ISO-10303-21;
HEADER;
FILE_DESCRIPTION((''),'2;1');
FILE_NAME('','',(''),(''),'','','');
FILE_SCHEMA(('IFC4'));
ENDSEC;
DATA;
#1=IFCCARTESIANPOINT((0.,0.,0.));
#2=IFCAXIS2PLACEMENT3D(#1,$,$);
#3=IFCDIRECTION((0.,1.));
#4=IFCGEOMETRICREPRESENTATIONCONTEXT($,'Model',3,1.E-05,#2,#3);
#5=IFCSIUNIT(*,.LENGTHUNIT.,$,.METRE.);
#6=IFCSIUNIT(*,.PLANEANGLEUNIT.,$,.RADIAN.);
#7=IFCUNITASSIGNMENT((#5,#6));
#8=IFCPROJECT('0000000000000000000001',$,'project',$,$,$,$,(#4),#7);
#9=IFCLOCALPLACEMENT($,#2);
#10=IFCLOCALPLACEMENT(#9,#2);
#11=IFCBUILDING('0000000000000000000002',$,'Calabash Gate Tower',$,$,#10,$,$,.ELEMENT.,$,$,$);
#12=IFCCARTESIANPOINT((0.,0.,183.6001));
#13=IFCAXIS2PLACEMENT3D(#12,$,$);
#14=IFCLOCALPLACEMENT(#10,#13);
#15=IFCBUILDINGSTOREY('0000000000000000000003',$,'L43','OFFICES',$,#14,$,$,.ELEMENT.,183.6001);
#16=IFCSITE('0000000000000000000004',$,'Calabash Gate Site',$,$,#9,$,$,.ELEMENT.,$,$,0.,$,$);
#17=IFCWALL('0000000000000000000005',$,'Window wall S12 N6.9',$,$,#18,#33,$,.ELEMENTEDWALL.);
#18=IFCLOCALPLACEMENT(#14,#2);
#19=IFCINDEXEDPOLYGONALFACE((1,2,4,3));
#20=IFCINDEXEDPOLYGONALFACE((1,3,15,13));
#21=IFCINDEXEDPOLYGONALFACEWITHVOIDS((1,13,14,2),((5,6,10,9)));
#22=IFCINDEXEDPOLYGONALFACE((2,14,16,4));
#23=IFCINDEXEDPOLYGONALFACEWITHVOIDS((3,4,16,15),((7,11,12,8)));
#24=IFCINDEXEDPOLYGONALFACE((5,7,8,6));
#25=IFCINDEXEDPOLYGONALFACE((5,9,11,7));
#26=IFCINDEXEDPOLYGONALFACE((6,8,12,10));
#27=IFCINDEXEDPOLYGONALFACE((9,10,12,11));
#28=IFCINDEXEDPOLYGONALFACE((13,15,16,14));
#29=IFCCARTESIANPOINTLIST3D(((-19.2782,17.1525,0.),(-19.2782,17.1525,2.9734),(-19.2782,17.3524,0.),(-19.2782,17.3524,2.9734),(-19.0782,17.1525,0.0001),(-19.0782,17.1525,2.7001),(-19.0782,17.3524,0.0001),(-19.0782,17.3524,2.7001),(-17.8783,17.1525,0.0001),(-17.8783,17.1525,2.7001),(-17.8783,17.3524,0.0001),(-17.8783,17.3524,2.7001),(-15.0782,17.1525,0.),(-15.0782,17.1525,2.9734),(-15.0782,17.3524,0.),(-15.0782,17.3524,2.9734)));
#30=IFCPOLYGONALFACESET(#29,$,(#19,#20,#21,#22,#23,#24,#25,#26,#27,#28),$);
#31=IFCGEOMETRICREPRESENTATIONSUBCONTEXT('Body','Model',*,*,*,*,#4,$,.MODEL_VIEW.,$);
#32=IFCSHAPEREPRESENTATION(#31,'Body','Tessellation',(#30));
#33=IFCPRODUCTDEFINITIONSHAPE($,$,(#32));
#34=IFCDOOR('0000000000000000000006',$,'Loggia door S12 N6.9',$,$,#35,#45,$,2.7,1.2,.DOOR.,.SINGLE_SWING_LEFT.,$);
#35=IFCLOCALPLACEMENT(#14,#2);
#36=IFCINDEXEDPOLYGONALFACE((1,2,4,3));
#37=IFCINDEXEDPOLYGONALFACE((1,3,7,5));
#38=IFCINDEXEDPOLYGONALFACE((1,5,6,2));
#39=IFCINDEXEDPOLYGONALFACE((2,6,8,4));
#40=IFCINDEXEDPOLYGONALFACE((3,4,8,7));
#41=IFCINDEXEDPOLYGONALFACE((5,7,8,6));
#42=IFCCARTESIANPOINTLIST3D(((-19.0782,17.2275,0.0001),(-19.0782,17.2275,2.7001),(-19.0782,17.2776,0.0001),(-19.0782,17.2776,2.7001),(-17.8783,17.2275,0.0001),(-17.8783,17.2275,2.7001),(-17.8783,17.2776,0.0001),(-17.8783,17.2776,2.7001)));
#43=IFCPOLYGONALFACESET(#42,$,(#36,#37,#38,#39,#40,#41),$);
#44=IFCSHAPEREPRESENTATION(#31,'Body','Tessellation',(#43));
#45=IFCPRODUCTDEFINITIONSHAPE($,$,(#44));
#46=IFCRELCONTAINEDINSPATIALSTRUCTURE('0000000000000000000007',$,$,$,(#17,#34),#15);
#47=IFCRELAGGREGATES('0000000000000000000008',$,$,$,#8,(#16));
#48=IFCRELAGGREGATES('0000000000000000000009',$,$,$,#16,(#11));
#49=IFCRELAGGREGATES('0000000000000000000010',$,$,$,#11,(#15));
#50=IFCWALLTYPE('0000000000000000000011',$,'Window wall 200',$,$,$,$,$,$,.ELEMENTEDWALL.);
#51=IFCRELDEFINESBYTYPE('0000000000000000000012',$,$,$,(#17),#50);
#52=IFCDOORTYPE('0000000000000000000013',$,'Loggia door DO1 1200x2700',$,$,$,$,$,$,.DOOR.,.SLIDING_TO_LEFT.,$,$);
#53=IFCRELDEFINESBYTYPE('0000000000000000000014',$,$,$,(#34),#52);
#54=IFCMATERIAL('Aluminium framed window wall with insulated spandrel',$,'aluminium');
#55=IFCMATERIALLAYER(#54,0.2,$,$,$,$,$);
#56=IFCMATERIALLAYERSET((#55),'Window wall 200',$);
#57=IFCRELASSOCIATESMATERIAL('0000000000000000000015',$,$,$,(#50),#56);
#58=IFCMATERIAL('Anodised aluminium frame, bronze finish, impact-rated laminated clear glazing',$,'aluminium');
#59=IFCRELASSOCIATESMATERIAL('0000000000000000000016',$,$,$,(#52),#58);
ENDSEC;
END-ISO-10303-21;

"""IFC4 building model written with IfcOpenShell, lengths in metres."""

from ifc_helpers import new_model, si_unit, direction, frame, frame_2d, origin, place, context, subcontext, project, spatial, rectangle, extrude, material, layer, layer_set, type_object, element, fill, save


model = new_model("IFC4")

# Units and contexts
model_context = context("Model", 3, precision=1e-05, world=origin(), true_north=direction((0.0, 1.0)))
body_context = subcontext(model_context, "Body", "Model", "MODEL_VIEW")
ifc_project = project(units=[si_unit("LENGTHUNIT", "METRE"), si_unit("PLANEANGLEUNIT", "RADIAN")], contexts=[model_context])

# Site, building, storey
site_placement = place(None, origin())
site = spatial("IfcSite", under=ifc_project, at=site_placement, Name="Calabash Gate Site", CompositionType="ELEMENT", RefElevation=0.0)
building_placement = place(site_placement, origin())
building = spatial("IfcBuilding", under=site, at=building_placement, Name="Calabash Gate Tower", CompositionType="ELEMENT")
storey_placement = place(building_placement, frame((0.0, 0.0, 183.6001)))
storey = spatial("IfcBuildingStorey", under=building, at=storey_placement, Name="L43", Description="OFFICES", CompositionType="ELEMENT", Elevation=183.6001)

# Wall, opening, door
ifc_material_1 = material(Name="Aluminium framed window wall with insulated spandrel", Category="aluminium")
ifc_layer_1 = layer(ifc_material_1, 0.2)
ifc_layer_set_1 = layer_set([ifc_layer_1], Name="Window wall 200")
wall_type_1 = type_object("IfcWallType", Name="Window wall 200", PredefinedType="ELEMENTEDWALL", material=ifc_layer_set_1)
wall_1_placement = place(storey_placement, frame((-15.0781, 17.2524, 0.0), z_axis=(0.0, 0.0, 1.0), x_axis=(-1.0, 0.0, 0.0)))
wall_1 = element("IfcWall", 1, at=wall_1_placement, inside=storey, type_object=wall_type_1, Name="Window wall S12 N6.9", PredefinedType="ELEMENTEDWALL", context=body_context, shape_type="SweptSolid", body=[
    extrude(rectangle(XDim=4.2, YDim=0.2, at=frame_2d((2.1001, 0.0))), origin(), (0.0, 0.0, 1.0), 2.9734),
])
opening_1_placement = place(wall_1_placement, frame((2.8, 0.0, 0.0)))
opening_1 = element("IfcOpeningElement", 2, at=opening_1_placement, cuts=wall_1, PredefinedType="OPENING", context=body_context, shape_type="SweptSolid", body=[
    extrude(rectangle(XDim=1.2, YDim=2.7, at=frame_2d((0.6001, 1.3501))), frame((0.0, 0.1099, 0.0), z_axis=(0.0, -1.0, 0.0), x_axis=(1.0, 0.0, 0.0)), (0.0, 0.0, 1.0), 0.22),
])
ifc_material_2 = material(Name="Anodised aluminium frame, bronze finish, impact-rated laminated clear glazing", Category="aluminium")
door_type_1 = type_object("IfcDoorType", Name="Loggia door DO1 1200x2700", OperationType="SLIDING_TO_LEFT", PredefinedType="DOOR", material=ifc_material_2)
door_1_placement = place(opening_1_placement, origin())
door_1 = element("IfcDoor", 3, at=door_1_placement, inside=storey, type_object=door_type_1, Name="Loggia door S12 N6.9", OperationType="SINGLE_SWING_LEFT", OverallHeight=2.7, OverallWidth=1.2, PredefinedType="DOOR", context=body_context, shape_type="SweptSolid", body=[
    extrude(rectangle(XDim=1.2, YDim=2.7, at=frame_2d((0.6001, 1.3501))), frame((0.0, 0.0249, 0.0), z_axis=(0.0, -1.0, 0.0), x_axis=(1.0, 0.0, 0.0)), (0.0, 0.0, 1.0), 0.05),
])
fill(opening_1, door_1)

save(model, "model.ifc")
